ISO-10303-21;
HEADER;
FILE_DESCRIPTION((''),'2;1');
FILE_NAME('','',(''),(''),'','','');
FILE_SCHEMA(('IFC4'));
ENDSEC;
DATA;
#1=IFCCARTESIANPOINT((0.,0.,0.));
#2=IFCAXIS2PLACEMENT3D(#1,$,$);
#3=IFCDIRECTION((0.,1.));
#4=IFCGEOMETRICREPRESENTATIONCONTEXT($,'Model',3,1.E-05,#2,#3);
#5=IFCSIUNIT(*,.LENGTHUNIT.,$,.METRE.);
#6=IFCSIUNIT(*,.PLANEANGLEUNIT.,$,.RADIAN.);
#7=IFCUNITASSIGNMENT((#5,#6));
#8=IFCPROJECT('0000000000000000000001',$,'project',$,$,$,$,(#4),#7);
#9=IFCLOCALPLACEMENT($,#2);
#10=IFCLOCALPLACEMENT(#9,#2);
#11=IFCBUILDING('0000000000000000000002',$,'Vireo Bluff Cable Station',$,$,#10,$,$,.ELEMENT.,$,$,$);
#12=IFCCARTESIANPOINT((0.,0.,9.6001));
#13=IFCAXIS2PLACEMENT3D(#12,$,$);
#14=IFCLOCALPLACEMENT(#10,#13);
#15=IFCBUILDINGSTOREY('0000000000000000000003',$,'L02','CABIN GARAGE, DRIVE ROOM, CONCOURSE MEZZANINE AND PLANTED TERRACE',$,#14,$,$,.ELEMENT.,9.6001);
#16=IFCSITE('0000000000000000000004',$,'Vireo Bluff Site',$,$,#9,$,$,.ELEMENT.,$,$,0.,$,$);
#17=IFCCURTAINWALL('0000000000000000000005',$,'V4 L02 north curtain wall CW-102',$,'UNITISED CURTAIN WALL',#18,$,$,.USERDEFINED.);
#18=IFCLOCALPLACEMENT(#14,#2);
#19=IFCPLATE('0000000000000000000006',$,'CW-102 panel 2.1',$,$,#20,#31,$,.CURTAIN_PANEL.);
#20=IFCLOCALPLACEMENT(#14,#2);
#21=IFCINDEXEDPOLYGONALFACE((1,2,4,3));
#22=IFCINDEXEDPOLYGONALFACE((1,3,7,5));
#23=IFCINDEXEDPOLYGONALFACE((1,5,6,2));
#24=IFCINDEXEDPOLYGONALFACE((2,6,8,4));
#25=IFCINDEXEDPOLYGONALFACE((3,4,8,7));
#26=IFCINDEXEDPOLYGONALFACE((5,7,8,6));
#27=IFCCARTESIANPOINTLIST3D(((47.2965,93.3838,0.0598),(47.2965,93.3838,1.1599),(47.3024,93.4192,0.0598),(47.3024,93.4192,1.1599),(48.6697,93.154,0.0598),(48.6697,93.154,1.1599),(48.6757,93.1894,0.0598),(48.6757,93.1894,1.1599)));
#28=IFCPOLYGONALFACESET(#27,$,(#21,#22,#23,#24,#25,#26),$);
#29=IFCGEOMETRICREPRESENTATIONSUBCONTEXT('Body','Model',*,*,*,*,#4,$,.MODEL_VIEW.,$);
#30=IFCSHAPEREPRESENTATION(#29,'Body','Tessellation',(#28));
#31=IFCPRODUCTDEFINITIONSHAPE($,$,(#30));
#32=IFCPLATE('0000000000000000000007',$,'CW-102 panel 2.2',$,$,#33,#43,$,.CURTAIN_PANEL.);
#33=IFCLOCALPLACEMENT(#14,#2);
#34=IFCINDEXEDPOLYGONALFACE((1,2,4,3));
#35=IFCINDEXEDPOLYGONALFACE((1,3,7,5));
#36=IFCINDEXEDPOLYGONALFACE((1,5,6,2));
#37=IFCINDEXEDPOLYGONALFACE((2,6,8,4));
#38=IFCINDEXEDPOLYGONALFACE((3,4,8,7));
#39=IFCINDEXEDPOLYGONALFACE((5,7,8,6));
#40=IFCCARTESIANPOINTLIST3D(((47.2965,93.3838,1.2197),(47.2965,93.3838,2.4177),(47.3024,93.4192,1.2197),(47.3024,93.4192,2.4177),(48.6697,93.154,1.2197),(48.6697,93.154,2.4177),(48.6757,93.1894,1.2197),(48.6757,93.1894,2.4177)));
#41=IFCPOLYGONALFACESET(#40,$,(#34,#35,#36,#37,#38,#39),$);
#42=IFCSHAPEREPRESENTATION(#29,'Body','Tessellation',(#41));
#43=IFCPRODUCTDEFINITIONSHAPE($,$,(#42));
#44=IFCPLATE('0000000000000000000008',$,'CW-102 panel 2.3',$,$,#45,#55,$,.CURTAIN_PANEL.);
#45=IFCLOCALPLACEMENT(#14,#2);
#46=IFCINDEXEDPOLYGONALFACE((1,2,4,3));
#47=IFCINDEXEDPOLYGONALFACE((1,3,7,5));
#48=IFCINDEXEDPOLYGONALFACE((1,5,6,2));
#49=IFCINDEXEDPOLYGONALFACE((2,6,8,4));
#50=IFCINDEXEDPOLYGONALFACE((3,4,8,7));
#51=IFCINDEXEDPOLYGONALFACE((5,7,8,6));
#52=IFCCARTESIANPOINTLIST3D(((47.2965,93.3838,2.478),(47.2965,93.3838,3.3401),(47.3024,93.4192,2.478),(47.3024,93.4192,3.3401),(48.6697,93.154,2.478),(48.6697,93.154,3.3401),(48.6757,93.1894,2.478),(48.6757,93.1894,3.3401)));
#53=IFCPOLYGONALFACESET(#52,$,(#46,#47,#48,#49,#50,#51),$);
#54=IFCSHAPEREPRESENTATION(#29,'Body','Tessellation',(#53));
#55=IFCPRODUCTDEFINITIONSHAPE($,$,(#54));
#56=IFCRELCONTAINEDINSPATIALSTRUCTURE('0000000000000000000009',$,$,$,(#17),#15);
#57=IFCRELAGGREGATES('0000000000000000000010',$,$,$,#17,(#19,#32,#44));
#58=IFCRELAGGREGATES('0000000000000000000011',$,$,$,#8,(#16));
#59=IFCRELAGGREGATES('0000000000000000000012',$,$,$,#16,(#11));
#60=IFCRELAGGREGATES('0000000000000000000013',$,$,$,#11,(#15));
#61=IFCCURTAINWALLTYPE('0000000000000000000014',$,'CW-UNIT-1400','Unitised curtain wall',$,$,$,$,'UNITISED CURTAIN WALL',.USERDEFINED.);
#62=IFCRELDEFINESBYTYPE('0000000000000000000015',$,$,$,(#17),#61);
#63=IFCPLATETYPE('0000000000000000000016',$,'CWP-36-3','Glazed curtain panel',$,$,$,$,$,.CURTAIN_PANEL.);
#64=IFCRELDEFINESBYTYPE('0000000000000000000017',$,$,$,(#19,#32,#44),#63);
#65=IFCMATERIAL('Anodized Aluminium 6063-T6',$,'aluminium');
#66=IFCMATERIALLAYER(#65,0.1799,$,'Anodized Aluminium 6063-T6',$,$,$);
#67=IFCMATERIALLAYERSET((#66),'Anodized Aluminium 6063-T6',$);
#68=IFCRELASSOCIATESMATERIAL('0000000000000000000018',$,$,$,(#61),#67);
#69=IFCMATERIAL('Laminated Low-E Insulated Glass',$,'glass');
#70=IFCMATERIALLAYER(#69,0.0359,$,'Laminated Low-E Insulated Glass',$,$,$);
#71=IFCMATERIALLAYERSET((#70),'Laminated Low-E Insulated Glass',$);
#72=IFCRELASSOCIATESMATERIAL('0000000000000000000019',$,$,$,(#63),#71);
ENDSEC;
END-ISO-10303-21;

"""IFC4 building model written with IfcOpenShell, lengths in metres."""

from ifc_helpers import new_model, si_unit, direction, frame, origin, origin_2d, place, context, subcontext, project, spatial, rectangle, extrude, material, layer, layer_set, type_object, element, aggregate, save


model = new_model("IFC4")

# Units and contexts
model_context = context("Model", 3, precision=1e-05, world=origin(), true_north=direction((0.0, 1.0)))
body_context = subcontext(model_context, "Body", "Model", "MODEL_VIEW")
ifc_project = project(units=[si_unit("LENGTHUNIT", "METRE"), si_unit("PLANEANGLEUNIT", "RADIAN")], contexts=[model_context])

# Site, building, storey
site_placement = place(None, origin())
site = spatial("IfcSite", under=ifc_project, at=site_placement, Name="Vireo Bluff Site", CompositionType="ELEMENT", RefElevation=0.0)
building_placement = place(site_placement, origin())
building = spatial("IfcBuilding", under=site, at=building_placement, Name="Vireo Bluff Cable Station", CompositionType="ELEMENT")
storey_placement = place(building_placement, frame((0.0, 0.0, 9.6001)))
storey = spatial("IfcBuildingStorey", under=building, at=storey_placement, Name="L02", Description="CABIN GARAGE, DRIVE ROOM, CONCOURSE MEZZANINE AND PLANTED TERRACE", CompositionType="ELEMENT", Elevation=9.6001)

# Shared definitions
ifc_material_1 = material(Name="Anodized Aluminium 6063-T6", Category="aluminium")

# Curtain wall
ifc_layer_1 = layer(ifc_material_1, 0.1799, Name="Anodized Aluminium 6063-T6")
ifc_layer_set_1 = layer_set([ifc_layer_1], Name="Anodized Aluminium 6063-T6")
curtain_wall_type_1 = type_object("IfcCurtainWallType", Name="CW-UNIT-1400", Description="Unitised curtain wall", ElementType="UNITISED CURTAIN WALL", PredefinedType="USERDEFINED", material=ifc_layer_set_1)
curtain_wall_1_placement = place(storey_placement, origin())
curtain_wall_1 = element("IfcCurtainWall", 1, at=curtain_wall_1_placement, inside=storey, type_object=curtain_wall_type_1, Name="V4 L02 north curtain wall CW-102", ObjectType="UNITISED CURTAIN WALL", PredefinedType="USERDEFINED")

# Plates
ifc_material_2 = material(Name="Laminated Low-E Insulated Glass", Category="glass")
ifc_layer_2 = layer(ifc_material_2, 0.0359, Name="Laminated Low-E Insulated Glass")
ifc_layer_set_2 = layer_set([ifc_layer_2], Name="Laminated Low-E Insulated Glass")
plate_type_1 = type_object("IfcPlateType", Name="CWP-36-3", Description="Glazed curtain panel", PredefinedType="CURTAIN_PANEL", material=ifc_layer_set_2)
plate_1_placement = place(storey_placement, frame((47.9861, 93.2866, 0.0598), z_axis=(0.0, 0.0, 1.0), x_axis=(0.986286, -0.165048, 0.0)))
plate_1 = element("IfcPlate", 2, at=plate_1_placement, type_object=plate_type_1, Name="CW-102 panel 2.1", PredefinedType="CURTAIN_PANEL", context=body_context, shape_type="SweptSolid", body=[
    extrude(rectangle(XDim=1.3923, YDim=0.0359, at=origin_2d()), origin(), (0.0, 0.0, 1.0), 1.1001),
])
plate_2_placement = place(storey_placement, frame((47.9861, 93.2866, 1.2197), z_axis=(0.0, 0.0, 1.0), x_axis=(0.986286, -0.165048, 0.0)))
plate_2 = element("IfcPlate", 3, at=plate_2_placement, type_object=plate_type_1, Name="CW-102 panel 2.2", PredefinedType="CURTAIN_PANEL", context=body_context, shape_type="SweptSolid", body=[
    extrude(rectangle(XDim=1.3923, YDim=0.0359, at=origin_2d()), origin(), (0.0, 0.0, 1.0), 1.198),
])
plate_3_placement = place(storey_placement, frame((47.9861, 93.2866, 2.478), z_axis=(0.0, 0.0, 1.0), x_axis=(0.986286, -0.165048, 0.0)))
plate_3 = element("IfcPlate", 4, at=plate_3_placement, type_object=plate_type_1, Name="CW-102 panel 2.3", PredefinedType="CURTAIN_PANEL", context=body_context, shape_type="SweptSolid", body=[
    extrude(rectangle(XDim=1.3923, YDim=0.0359, at=origin_2d()), origin(), (0.0, 0.0, 1.0), 0.8621),
])
aggregate(curtain_wall_1, [plate_1, plate_2, plate_3])

save(model, "model.ifc")
